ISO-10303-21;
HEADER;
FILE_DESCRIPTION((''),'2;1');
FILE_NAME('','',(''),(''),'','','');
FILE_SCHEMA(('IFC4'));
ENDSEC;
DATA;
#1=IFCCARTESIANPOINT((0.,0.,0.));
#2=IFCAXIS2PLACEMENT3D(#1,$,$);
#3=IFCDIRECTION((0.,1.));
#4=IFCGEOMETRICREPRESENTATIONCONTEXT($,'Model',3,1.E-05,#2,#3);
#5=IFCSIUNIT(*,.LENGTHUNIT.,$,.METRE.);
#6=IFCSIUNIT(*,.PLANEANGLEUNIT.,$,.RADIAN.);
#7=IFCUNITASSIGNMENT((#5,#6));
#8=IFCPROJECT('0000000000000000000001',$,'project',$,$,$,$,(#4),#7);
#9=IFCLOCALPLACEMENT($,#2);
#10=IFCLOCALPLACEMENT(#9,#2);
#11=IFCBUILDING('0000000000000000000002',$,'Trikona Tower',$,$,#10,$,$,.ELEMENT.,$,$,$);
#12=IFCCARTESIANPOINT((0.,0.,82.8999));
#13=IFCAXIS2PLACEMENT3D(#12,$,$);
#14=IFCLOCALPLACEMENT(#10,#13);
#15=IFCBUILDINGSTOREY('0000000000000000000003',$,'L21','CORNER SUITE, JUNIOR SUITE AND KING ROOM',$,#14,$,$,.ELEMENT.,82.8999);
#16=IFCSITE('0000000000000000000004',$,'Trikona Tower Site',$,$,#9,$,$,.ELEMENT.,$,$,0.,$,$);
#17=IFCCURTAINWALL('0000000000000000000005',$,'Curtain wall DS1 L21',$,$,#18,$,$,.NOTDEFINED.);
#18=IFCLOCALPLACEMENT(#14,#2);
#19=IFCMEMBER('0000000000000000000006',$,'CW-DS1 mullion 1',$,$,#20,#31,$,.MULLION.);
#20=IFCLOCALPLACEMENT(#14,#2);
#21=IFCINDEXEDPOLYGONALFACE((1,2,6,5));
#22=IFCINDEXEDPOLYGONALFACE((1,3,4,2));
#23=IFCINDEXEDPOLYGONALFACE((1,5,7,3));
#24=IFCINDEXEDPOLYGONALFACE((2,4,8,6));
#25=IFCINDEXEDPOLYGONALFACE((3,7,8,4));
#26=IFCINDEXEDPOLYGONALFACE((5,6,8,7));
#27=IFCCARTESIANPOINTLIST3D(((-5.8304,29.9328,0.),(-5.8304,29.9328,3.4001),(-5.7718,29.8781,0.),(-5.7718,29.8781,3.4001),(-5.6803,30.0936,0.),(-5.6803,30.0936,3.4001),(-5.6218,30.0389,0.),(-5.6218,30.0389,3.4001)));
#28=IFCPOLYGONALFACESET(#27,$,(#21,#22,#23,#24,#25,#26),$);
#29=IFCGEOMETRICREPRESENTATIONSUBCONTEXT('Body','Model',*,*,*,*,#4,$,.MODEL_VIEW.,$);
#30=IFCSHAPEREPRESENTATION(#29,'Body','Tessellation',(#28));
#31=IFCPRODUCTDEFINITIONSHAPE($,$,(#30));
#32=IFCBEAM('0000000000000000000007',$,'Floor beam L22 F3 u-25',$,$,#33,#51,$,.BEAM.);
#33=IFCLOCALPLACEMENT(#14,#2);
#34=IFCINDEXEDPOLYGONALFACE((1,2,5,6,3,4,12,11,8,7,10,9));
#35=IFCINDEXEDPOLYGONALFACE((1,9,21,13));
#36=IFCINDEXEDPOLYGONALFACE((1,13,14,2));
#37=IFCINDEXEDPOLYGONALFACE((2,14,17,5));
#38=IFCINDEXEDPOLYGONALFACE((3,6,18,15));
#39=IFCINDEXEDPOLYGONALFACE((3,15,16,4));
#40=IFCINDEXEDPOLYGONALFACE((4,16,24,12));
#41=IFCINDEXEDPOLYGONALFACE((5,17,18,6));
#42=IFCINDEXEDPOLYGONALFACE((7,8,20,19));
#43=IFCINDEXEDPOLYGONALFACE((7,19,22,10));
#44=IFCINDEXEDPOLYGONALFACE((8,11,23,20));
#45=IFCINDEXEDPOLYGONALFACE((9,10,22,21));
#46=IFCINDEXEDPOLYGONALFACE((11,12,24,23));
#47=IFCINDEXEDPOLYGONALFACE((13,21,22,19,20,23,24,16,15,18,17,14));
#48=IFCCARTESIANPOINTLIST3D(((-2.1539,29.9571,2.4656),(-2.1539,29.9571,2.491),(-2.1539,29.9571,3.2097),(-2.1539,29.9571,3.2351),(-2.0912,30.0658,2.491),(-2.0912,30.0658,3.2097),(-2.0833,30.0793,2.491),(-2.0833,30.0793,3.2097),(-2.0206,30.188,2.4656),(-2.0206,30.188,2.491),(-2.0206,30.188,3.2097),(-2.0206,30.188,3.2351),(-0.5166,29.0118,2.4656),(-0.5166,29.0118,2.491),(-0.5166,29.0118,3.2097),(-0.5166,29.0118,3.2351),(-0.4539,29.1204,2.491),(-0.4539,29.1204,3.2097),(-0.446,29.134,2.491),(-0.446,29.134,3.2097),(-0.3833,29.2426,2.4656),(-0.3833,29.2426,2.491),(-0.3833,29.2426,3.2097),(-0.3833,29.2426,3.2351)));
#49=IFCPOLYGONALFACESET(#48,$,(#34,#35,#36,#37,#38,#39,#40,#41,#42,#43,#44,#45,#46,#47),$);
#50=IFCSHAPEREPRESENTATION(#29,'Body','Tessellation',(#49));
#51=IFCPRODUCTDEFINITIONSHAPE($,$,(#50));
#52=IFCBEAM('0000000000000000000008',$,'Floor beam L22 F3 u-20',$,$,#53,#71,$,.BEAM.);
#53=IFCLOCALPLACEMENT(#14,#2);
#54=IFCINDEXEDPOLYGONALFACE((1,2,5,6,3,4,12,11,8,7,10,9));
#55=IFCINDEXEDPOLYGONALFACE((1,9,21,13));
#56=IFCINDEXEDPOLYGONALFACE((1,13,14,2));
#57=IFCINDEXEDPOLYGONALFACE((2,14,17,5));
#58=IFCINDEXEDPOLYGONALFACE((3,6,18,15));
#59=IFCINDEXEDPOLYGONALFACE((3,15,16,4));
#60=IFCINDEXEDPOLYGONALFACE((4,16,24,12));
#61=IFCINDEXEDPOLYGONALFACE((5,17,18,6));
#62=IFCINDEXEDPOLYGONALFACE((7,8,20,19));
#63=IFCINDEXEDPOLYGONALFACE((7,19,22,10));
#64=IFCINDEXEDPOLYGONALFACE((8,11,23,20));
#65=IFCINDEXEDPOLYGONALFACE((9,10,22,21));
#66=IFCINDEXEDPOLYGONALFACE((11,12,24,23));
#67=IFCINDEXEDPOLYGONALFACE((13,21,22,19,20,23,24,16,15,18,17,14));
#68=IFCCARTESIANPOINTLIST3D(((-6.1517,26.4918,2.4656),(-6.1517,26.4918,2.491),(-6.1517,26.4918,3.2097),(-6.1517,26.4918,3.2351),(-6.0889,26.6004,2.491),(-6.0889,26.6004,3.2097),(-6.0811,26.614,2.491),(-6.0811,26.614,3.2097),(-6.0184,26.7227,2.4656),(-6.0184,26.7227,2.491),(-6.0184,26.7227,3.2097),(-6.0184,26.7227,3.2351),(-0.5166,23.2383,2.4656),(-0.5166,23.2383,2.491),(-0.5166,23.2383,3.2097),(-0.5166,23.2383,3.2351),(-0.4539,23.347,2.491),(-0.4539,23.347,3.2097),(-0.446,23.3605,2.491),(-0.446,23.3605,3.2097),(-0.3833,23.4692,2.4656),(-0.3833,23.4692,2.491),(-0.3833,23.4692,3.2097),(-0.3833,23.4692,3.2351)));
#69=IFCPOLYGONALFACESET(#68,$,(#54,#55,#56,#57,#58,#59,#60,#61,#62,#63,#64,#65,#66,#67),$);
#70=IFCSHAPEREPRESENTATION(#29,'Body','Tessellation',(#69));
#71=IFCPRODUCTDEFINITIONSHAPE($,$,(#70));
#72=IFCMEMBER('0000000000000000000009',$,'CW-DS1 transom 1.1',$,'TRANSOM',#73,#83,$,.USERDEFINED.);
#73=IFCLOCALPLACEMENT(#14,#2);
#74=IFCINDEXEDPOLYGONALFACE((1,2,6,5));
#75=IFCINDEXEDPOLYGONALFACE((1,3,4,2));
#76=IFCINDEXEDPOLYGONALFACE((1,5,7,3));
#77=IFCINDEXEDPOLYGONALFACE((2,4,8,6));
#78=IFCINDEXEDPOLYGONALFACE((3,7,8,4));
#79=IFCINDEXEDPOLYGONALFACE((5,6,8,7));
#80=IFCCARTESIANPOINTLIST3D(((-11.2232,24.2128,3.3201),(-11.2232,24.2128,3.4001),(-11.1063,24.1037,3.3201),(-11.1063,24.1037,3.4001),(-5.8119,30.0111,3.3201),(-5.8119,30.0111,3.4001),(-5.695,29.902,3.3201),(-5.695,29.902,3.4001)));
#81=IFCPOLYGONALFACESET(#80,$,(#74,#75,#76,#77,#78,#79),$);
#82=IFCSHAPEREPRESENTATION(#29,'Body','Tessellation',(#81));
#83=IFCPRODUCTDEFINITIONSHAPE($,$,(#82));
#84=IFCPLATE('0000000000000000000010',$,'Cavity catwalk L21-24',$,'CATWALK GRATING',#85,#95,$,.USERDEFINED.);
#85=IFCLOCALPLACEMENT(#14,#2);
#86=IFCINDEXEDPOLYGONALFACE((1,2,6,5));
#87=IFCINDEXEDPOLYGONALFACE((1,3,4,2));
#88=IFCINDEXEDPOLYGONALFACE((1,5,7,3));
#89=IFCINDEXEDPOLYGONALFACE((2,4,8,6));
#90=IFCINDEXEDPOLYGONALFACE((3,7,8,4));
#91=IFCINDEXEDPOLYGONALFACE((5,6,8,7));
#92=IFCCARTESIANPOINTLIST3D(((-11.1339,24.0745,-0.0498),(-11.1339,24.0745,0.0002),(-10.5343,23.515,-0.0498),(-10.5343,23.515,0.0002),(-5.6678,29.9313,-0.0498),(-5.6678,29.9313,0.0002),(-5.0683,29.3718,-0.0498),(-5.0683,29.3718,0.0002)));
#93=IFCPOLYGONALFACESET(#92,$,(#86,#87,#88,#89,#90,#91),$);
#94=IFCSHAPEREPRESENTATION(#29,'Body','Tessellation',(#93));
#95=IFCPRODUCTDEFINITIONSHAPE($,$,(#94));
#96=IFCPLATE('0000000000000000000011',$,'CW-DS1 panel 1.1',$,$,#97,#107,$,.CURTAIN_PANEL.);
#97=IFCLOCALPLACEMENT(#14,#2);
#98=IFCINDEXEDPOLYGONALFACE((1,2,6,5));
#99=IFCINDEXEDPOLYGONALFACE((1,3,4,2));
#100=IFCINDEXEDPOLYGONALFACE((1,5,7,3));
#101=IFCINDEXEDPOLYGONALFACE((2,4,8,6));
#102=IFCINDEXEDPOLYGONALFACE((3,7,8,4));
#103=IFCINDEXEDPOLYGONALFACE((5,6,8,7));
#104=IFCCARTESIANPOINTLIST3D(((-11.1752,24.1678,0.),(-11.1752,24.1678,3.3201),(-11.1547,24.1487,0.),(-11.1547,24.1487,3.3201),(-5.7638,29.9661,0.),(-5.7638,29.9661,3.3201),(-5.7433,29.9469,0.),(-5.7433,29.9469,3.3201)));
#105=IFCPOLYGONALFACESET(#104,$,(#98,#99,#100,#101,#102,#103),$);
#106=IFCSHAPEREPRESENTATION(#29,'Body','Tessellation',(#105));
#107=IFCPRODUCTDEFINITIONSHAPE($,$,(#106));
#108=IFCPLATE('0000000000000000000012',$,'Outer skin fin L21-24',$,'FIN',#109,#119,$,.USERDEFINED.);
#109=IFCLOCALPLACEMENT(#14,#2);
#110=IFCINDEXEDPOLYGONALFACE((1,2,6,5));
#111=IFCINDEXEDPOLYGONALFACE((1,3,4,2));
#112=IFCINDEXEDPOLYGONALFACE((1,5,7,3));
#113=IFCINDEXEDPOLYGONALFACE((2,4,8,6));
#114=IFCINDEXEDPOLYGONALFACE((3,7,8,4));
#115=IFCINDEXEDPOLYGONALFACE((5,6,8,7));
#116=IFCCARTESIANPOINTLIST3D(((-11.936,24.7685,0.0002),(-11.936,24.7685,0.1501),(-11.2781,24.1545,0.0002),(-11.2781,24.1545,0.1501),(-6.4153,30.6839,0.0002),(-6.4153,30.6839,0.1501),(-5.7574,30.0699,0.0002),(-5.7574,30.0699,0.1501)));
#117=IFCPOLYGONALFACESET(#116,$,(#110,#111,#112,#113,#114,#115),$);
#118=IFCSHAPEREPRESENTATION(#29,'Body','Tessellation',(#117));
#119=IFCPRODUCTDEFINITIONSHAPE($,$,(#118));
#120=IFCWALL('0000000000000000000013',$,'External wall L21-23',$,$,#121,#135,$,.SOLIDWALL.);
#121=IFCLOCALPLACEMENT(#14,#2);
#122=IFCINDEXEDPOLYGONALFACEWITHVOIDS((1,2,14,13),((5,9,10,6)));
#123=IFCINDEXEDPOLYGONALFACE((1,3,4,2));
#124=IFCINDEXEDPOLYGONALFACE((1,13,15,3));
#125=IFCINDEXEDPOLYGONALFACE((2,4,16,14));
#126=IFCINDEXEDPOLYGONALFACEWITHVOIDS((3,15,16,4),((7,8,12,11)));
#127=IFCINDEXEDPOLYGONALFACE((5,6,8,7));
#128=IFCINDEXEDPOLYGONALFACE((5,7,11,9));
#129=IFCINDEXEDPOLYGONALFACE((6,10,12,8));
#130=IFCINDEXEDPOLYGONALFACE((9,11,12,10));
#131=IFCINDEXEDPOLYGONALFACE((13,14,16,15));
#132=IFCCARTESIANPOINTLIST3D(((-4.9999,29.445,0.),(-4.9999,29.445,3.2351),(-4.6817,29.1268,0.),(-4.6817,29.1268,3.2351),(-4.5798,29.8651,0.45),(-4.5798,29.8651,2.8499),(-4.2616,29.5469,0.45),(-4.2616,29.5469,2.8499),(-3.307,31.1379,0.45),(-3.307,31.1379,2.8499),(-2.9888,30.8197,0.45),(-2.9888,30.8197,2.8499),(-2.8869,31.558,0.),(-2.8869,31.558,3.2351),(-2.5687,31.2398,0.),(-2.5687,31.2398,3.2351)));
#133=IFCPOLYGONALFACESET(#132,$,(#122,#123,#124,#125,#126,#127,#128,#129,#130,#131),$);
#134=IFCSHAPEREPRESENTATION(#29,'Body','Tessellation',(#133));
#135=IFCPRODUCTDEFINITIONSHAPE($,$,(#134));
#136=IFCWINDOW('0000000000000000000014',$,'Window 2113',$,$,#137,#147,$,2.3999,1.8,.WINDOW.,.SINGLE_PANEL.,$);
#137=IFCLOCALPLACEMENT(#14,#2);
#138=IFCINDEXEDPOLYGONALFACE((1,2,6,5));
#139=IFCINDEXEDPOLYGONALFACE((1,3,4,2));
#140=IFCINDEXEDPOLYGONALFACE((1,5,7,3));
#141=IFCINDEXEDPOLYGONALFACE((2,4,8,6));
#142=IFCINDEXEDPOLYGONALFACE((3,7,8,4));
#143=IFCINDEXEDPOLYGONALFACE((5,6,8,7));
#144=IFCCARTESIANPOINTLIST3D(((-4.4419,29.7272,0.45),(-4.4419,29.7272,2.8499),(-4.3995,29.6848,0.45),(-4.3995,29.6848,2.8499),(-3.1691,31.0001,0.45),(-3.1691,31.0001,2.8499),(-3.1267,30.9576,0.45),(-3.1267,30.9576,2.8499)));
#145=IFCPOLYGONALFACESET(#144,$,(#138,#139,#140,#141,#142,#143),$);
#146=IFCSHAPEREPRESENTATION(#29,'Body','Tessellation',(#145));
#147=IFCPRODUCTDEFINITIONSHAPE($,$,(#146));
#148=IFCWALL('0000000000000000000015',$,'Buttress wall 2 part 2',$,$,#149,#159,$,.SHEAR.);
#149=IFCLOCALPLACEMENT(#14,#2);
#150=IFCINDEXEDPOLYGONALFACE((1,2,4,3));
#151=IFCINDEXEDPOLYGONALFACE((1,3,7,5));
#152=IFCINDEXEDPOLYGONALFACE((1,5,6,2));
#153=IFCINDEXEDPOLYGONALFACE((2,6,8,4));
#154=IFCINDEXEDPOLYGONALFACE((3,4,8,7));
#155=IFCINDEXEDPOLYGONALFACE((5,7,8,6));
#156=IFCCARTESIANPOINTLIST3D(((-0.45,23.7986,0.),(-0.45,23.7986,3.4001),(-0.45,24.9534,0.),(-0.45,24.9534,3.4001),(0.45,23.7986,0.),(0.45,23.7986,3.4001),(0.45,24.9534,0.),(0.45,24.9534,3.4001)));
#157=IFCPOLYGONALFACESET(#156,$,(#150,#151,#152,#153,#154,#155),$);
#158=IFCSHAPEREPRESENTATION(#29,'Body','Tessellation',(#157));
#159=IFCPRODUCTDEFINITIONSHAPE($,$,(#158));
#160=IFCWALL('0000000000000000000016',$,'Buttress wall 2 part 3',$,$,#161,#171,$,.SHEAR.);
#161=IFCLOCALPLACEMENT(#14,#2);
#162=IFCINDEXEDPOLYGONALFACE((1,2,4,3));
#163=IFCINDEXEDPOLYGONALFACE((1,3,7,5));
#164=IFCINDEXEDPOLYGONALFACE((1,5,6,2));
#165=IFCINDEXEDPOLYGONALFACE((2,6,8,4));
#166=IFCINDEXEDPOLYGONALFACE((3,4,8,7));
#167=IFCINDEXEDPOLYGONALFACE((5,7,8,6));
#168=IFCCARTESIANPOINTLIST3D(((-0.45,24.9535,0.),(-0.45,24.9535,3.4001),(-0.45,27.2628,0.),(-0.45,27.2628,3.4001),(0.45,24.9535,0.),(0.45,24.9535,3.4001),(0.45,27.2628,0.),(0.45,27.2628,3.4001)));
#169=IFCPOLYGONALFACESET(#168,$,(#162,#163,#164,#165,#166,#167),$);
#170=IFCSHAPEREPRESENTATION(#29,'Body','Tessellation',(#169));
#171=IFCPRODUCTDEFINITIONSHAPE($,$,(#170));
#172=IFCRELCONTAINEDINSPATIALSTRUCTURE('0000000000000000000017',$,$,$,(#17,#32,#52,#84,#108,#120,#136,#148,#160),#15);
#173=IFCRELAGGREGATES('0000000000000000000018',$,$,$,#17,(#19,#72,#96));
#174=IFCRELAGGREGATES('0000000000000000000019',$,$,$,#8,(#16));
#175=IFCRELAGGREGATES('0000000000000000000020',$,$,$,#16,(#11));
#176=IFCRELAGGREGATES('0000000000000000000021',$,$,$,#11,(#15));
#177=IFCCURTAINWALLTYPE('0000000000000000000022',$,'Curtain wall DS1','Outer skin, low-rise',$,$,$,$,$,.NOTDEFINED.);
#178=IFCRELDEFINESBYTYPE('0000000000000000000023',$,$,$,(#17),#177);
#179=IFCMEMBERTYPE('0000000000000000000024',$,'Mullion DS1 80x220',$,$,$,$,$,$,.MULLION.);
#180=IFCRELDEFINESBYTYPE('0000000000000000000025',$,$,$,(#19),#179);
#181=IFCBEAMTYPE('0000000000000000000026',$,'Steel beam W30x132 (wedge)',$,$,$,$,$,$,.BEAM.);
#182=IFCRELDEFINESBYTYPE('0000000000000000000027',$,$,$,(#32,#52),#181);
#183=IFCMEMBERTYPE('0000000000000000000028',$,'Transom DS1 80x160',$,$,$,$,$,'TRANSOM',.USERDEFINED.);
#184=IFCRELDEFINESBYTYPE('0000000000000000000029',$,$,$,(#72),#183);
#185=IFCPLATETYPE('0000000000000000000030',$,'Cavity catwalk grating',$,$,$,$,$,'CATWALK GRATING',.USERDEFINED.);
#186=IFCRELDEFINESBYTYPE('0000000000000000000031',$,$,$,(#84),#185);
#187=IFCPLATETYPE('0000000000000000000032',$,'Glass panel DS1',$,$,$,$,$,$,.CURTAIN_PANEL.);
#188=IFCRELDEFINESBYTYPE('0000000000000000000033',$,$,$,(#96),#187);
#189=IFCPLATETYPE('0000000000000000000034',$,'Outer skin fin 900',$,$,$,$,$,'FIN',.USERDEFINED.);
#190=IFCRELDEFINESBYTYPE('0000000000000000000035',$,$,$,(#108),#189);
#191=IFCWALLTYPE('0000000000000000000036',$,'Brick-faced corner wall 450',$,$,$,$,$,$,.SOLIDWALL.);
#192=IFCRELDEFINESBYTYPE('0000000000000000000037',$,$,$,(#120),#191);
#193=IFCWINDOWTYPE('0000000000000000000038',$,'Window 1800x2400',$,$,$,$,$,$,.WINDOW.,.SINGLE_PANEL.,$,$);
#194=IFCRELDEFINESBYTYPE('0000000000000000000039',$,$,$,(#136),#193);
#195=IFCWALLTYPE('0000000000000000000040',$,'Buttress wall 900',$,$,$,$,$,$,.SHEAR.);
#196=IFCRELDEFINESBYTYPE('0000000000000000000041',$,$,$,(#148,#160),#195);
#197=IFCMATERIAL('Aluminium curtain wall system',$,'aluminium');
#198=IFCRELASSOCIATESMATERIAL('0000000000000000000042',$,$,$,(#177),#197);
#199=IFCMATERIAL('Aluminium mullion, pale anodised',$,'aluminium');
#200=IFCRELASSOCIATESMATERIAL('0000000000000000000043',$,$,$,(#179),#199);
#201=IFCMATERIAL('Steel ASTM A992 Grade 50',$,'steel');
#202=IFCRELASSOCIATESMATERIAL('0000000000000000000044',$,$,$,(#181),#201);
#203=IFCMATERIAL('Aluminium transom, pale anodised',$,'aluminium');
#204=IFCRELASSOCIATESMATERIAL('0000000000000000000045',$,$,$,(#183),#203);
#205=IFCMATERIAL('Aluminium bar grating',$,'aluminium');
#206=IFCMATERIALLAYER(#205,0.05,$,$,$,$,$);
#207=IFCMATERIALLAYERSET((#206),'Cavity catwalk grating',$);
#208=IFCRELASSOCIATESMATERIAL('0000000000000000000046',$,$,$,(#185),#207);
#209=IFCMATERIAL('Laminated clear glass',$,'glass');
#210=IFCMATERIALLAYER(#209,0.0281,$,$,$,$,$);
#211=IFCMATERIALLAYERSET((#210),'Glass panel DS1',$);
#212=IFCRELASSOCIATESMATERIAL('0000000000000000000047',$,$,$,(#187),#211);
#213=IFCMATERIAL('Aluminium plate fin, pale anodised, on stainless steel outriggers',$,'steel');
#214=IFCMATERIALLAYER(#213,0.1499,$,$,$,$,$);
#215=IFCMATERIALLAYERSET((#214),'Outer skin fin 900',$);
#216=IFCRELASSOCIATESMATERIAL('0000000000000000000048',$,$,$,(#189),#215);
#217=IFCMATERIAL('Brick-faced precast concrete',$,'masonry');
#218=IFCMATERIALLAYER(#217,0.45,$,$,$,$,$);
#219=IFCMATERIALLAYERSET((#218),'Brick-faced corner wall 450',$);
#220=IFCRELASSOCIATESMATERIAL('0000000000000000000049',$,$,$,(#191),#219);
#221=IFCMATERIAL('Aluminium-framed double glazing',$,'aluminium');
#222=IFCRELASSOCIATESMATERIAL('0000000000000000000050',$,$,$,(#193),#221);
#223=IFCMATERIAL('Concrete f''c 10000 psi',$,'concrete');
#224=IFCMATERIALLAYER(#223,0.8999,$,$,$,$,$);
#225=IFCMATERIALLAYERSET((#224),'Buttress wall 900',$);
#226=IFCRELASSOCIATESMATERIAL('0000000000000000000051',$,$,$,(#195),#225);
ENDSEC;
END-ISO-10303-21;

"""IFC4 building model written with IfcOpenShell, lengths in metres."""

from ifc_helpers import new_model, si_unit, direction, frame, frame_2d, origin, origin_2d, place, context, subcontext, project, spatial, rectangle, i_section, extrude, material, layer, layer_set, material_profile, profile_set, type_object, element, fill, aggregate, save


model = new_model("IFC4")

# Units and contexts
model_context = context("Model", 3, precision=1e-05, world=origin(), true_north=direction((0.0, 1.0)))
body_context = subcontext(model_context, "Body", "Model", "MODEL_VIEW")
ifc_project = project(units=[si_unit("LENGTHUNIT", "METRE"), si_unit("PLANEANGLEUNIT", "RADIAN")], contexts=[model_context])

# Site, building, storey
site_placement = place(None, origin())
site = spatial("IfcSite", under=ifc_project, at=site_placement, Name="Trikona Tower Site", CompositionType="ELEMENT", RefElevation=0.0)
building_placement = place(site_placement, origin())
building = spatial("IfcBuilding", under=site, at=building_placement, Name="Trikona Tower", CompositionType="ELEMENT")
storey_placement = place(building_placement, frame((0.0, 0.0, 82.8999)))
storey = spatial("IfcBuildingStorey", under=building, at=storey_placement, Name="L21", Description="CORNER SUITE, JUNIOR SUITE AND KING ROOM", CompositionType="ELEMENT", Elevation=82.8999)

# Curtain wall, member
ifc_material_1 = material(Name="Aluminium curtain wall system", Category="aluminium")
curtain_wall_type = type_object("IfcCurtainWallType", Name="Curtain wall DS1", Description="Outer skin, low-rise", PredefinedType="NOTDEFINED", material=ifc_material_1)
curtain_wall_placement = place(storey_placement, origin())
curtain_wall = element("IfcCurtainWall", 1, at=curtain_wall_placement, inside=storey, type_object=curtain_wall_type, Name="Curtain wall DS1 L21", PredefinedType="NOTDEFINED")
ifc_material_2 = material(Name="Aluminium mullion, pale anodised", Category="aluminium")
ifc_material_profile_1 = material_profile(ifc_material_2, rectangle(XDim=0.0801, YDim=0.22, at=origin_2d()), Name="MUL-DS1")
ifc_profile_set_1 = profile_set([ifc_material_profile_1], Name="Aluminium mullion, pale anodised")
member_type_1 = type_object("IfcMemberType", Name="Mullion DS1 80x220", PredefinedType="MULLION", material=ifc_profile_set_1)
member_1_placement = place(storey_placement, frame((-5.7261, 29.9858, 0.0), z_axis=(0.0, 0.0, 1.0), x_axis=(0.731077, -0.682295, 0.0)))
member_1 = element("IfcMember", 2, at=member_1_placement, type_object=member_type_1, Name="CW-DS1 mullion 1", PredefinedType="MULLION", context=body_context, shape_type="SweptSolid", body=[
    extrude(rectangle(XDim=0.0801, YDim=0.22, at=origin_2d()), origin(), (0.0, 0.0, 1.0), 3.4001),
])

# Beams
ifc_material_3 = material(Name="Steel ASTM A992 Grade 50", Category="steel")
ifc_material_profile_2 = material_profile(ifc_material_3, i_section(OverallWidth=0.2666, OverallDepth=0.7695, WebThickness=0.0156, FlangeThickness=0.0254, at=origin_2d()), Name="W30X132")
ifc_profile_set_2 = profile_set([ifc_material_profile_2], Name="Steel ASTM A992 Grade 50")
beam_type = type_object("IfcBeamType", Name="Steel beam W30x132 (wedge)", PredefinedType="BEAM", material=ifc_profile_set_2)
beam_1_placement = place(storey_placement, frame((-0.45, 29.1272, 2.8503), z_axis=(-0.866009, 0.500028, 0.0), x_axis=(-0.500028, -0.866009, 0.0)))
element("IfcBeam", 3, at=beam_1_placement, inside=storey, type_object=beam_type, Name="Floor beam L22 F3 u-25", PredefinedType="BEAM", context=body_context, shape_type="SweptSolid", body=[
    extrude(i_section(OverallWidth=0.2666, OverallDepth=0.7695, WebThickness=0.0156, FlangeThickness=0.0254, at=origin_2d()), origin(), (0.0, 0.0, 1.0), 1.8906),
])
beam_2_placement = place(storey_placement, frame((-0.45, 23.3538, 2.8503), z_axis=(-0.866023, 0.500005, 0.0), x_axis=(-0.500005, -0.866023, 0.0)))
element("IfcBeam", 4, at=beam_2_placement, inside=storey, type_object=beam_type, Name="Floor beam L22 F3 u-20", PredefinedType="BEAM", context=body_context, shape_type="SweptSolid", body=[
    extrude(i_section(OverallWidth=0.2666, OverallDepth=0.7695, WebThickness=0.0156, FlangeThickness=0.0254, at=origin_2d()), origin(), (0.0, 0.0, 1.0), 6.5068),
])

# Member
ifc_material_4 = material(Name="Aluminium transom, pale anodised", Category="aluminium")
ifc_material_profile_3 = material_profile(ifc_material_4, rectangle(XDim=0.1599, YDim=0.0801, at=origin_2d()), Name="TRN-DS1")
ifc_profile_set_3 = profile_set([ifc_material_profile_3], Name="Aluminium transom, pale anodised")
member_type_2 = type_object("IfcMemberType", Name="Transom DS1 80x160", ElementType="TRANSOM", PredefinedType="USERDEFINED", material=ifc_profile_set_3)
member_2_placement = place(storey_placement, frame((-5.7534, 29.9565, 3.3601), z_axis=(-0.682291, -0.731081, 0.0), x_axis=(0.731081, -0.682291, 0.0)))
member_2 = element("IfcMember", 5, at=member_2_placement, type_object=member_type_2, Name="CW-DS1 transom 1.1", ObjectType="TRANSOM", PredefinedType="USERDEFINED", context=body_context, shape_type="SweptSolid", body=[
    extrude(rectangle(XDim=0.1599, YDim=0.0801, at=origin_2d()), origin(), (0.0, 0.0, 1.0), 7.9312),
])

# Plates
ifc_material_5 = material(Name="Aluminium bar grating", Category="aluminium")
ifc_layer_1 = layer(ifc_material_5, 0.05)
ifc_layer_set_1 = layer_set([ifc_layer_1], Name="Cavity catwalk grating")
plate_type_1 = type_object("IfcPlateType", Name="Cavity catwalk grating", ElementType="CATWALK GRATING", PredefinedType="USERDEFINED", material=ifc_layer_set_1)
plate_1_placement = place(storey_placement, frame((-8.1011, 26.7231, -0.0498), z_axis=(0.0, 0.0, 1.0), x_axis=(-0.682298, -0.731074, 0.0)))
element("IfcPlate", 6, at=plate_1_placement, inside=storey, type_object=plate_type_1, Name="Cavity catwalk L21-24", ObjectType="CATWALK GRATING", PredefinedType="USERDEFINED", context=body_context, shape_type="SweptSolid", body=[
    extrude(rectangle(XDim=8.0112, YDim=0.8201, at=origin_2d()), origin(), (0.0, 0.0, 1.0), 0.05),
])
ifc_material_6 = material(Name="Laminated clear glass", Category="glass")
ifc_layer_2 = layer(ifc_material_6, 0.0281)
ifc_layer_set_2 = layer_set([ifc_layer_2], Name="Glass panel DS1")
plate_type_2 = type_object("IfcPlateType", Name="Glass panel DS1", PredefinedType="CURTAIN_PANEL", material=ifc_layer_set_2)
plate_2_placement = place(storey_placement, frame((-8.4592, 27.0574, 0.0), z_axis=(0.0, 0.0, 1.0), x_axis=(-0.682295, -0.731077, 0.0)))
plate_2 = element("IfcPlate", 7, at=plate_2_placement, type_object=plate_type_2, Name="CW-DS1 panel 1.1", PredefinedType="CURTAIN_PANEL", context=body_context, shape_type="SweptSolid", body=[
    extrude(rectangle(XDim=7.9312, YDim=0.0281, at=origin_2d()), origin(), (0.0, 0.0, 1.0), 3.3201),
])
aggregate(curtain_wall, [member_1, member_2, plate_2])
ifc_material_7 = material(Name="Aluminium plate fin, pale anodised, on stainless steel outriggers", Category="steel")
ifc_layer_3 = layer(ifc_material_7, 0.1499)
ifc_layer_set_3 = layer_set([ifc_layer_3], Name="Outer skin fin 900")
plate_type_3 = type_object("IfcPlateType", Name="Outer skin fin 900", ElementType="FIN", PredefinedType="USERDEFINED", material=ifc_layer_set_3)
plate_3_placement = place(storey_placement, frame((-8.8467, 27.4192, 0.0002), z_axis=(0.0, 0.0, 1.0), x_axis=(-0.682298, -0.731074, 0.0)))
element("IfcPlate", 8, at=plate_3_placement, inside=storey, type_object=plate_type_3, Name="Outer skin fin L21-24", ObjectType="FIN", PredefinedType="USERDEFINED", context=body_context, shape_type="SweptSolid", body=[
    extrude(rectangle(XDim=8.0913, YDim=0.8999, at=origin_2d()), origin(), (0.0, 0.0, 1.0), 0.1499),
])

# Wall, opening, window
ifc_material_8 = material(Name="Brick-faced precast concrete", Category="masonry")
ifc_layer_4 = layer(ifc_material_8, 0.45)
ifc_layer_set_4 = layer_set([ifc_layer_4], Name="Brick-faced corner wall 450")
wall_type_1 = type_object("IfcWallType", Name="Brick-faced corner wall 450", PredefinedType="SOLIDWALL", material=ifc_layer_set_4)
wall_1_placement = place(storey_placement, frame((-2.7278, 31.3989, 0.0), z_axis=(0.0, 0.0, 1.0), x_axis=(-0.707107, -0.707107, 0.0)))
wall_1 = element("IfcWall", 9, at=wall_1_placement, inside=storey, type_object=wall_type_1, Name="External wall L21-23", PredefinedType="SOLIDWALL", context=body_context, shape_type="SweptSolid", body=[
    extrude(rectangle(XDim=2.9883, YDim=0.45, at=frame_2d((1.4941, 0.0))), origin(), (0.0, 0.0, 1.0), 3.2351),
])
opening_1_placement = place(wall_1_placement, frame((0.5942, 0.0, 0.45)))
opening_1 = element("IfcOpeningElement", 10, at=opening_1_placement, cuts=wall_1, PredefinedType="OPENING", context=body_context, shape_type="SweptSolid", body=[
    extrude(rectangle(XDim=1.8, YDim=2.3999, at=frame_2d((0.8999, 1.2))), frame((0.0, 0.2349, 0.0), z_axis=(0.0, -1.0, 0.0), x_axis=(1.0, 0.0, 0.0)), (0.0, 0.0, 1.0), 0.47),
])
ifc_material_9 = material(Name="Aluminium-framed double glazing", Category="aluminium")
window_type_1 = type_object("IfcWindowType", Name="Window 1800x2400", PartitioningType="SINGLE_PANEL", PredefinedType="WINDOW", material=ifc_material_9)
window_1_placement = place(opening_1_placement, origin())
window_1 = element("IfcWindow", 11, at=window_1_placement, inside=storey, type_object=window_type_1, Name="Window 2113", OverallHeight=2.3999, OverallWidth=1.8, PartitioningType="SINGLE_PANEL", PredefinedType="WINDOW", context=body_context, shape_type="SweptSolid", body=[
    extrude(rectangle(XDim=1.8, YDim=2.3999, at=frame_2d((0.8999, 1.2))), frame((0.0, 0.03, 0.0), z_axis=(0.0, -1.0, 0.0), x_axis=(1.0, 0.0, 0.0)), (0.0, 0.0, 1.0), 0.0601),
])
fill(opening_1, window_1)

# Walls
ifc_material_10 = material(Name="Concrete f'c 10000 psi", Category="concrete")
ifc_layer_5 = layer(ifc_material_10, 0.8999)
ifc_layer_set_5 = layer_set([ifc_layer_5], Name="Buttress wall 900")
wall_type_2 = type_object("IfcWallType", Name="Buttress wall 900", PredefinedType="SHEAR", material=ifc_layer_set_5)
wall_2_placement = place(storey_placement, frame((0.0, 23.7986, 0.0), z_axis=(0.0, 0.0, 1.0), x_axis=(0.0, 1.0, 0.0)))
element("IfcWall", 12, at=wall_2_placement, inside=storey, type_object=wall_type_2, Name="Buttress wall 2 part 2", PredefinedType="SHEAR", context=body_context, shape_type="SweptSolid", body=[
    extrude(rectangle(XDim=1.1548, YDim=0.8999, at=frame_2d((0.5774, 0.0))), origin(), (0.0, 0.0, 1.0), 3.4001),
])
wall_3_placement = place(storey_placement, frame((0.0, 24.9534, 0.0), z_axis=(0.0, 0.0, 1.0), x_axis=(0.0, 1.0, 0.0)))
element("IfcWall", 13, at=wall_3_placement, inside=storey, type_object=wall_type_2, Name="Buttress wall 2 part 3", PredefinedType="SHEAR", context=body_context, shape_type="SweptSolid", body=[
    extrude(rectangle(XDim=2.3093, YDim=0.8999, at=frame_2d((1.1548, 0.0))), origin(), (0.0, 0.0, 1.0), 3.4001),
])

save(model, "model.ifc")
